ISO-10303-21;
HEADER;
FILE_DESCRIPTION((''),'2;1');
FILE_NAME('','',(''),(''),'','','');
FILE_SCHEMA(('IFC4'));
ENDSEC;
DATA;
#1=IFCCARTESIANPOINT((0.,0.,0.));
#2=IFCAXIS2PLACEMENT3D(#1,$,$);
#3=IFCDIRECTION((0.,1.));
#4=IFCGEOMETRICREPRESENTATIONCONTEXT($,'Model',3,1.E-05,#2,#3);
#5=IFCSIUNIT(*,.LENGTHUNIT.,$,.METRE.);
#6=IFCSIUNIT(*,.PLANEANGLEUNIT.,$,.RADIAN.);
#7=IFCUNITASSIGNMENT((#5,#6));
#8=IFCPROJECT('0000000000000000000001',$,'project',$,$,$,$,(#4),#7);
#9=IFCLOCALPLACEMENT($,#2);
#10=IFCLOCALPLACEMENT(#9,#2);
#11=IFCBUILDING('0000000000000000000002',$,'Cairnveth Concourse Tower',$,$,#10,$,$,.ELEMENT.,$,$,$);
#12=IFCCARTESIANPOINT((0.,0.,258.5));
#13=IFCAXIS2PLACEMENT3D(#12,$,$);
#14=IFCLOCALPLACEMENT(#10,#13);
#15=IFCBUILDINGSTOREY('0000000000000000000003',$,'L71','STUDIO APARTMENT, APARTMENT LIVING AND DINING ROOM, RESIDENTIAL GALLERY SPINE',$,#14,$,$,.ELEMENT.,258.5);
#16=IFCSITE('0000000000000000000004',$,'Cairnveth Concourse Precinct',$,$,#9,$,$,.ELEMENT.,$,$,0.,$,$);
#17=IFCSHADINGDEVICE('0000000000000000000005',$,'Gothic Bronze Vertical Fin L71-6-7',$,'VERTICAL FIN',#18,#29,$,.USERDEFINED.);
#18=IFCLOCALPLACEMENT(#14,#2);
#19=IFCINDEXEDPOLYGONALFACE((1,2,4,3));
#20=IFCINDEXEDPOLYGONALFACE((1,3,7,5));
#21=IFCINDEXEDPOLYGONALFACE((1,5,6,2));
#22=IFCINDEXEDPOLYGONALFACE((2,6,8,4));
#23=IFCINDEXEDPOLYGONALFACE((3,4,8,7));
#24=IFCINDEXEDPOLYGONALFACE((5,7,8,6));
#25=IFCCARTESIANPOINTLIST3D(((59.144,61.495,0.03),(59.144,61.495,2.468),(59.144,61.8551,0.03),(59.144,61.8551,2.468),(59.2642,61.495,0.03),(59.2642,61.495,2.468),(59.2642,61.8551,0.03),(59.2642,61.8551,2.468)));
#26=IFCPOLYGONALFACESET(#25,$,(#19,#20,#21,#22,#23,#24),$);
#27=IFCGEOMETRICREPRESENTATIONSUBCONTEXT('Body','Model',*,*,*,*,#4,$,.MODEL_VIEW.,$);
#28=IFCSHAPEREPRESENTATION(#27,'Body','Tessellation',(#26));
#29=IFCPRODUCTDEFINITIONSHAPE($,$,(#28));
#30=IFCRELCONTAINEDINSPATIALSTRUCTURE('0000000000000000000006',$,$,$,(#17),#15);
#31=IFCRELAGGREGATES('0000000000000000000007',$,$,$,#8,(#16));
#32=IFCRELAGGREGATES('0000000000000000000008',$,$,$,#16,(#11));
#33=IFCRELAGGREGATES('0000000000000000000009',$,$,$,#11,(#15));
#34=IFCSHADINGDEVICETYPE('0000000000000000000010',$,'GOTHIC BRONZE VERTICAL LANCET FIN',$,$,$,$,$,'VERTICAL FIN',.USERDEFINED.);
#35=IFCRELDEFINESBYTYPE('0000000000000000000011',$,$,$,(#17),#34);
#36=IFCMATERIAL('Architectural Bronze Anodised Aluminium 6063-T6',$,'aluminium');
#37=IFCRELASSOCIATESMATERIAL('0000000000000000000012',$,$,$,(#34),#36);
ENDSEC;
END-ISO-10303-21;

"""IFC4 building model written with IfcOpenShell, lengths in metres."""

from ifc_helpers import new_model, si_unit, direction, frame, origin, origin_2d, place, context, subcontext, project, spatial, rectangle, extrude, material, type_object, element, save


model = new_model("IFC4")

# Units and contexts
model_context = context("Model", 3, precision=1e-05, world=origin(), true_north=direction((0.0, 1.0)))
body_context = subcontext(model_context, "Body", "Model", "MODEL_VIEW")
ifc_project = project(units=[si_unit("LENGTHUNIT", "METRE"), si_unit("PLANEANGLEUNIT", "RADIAN")], contexts=[model_context])

# Site, building, storey
site_placement = place(None, origin())
site = spatial("IfcSite", under=ifc_project, at=site_placement, Name="Cairnveth Concourse Precinct", CompositionType="ELEMENT", RefElevation=0.0)
building_placement = place(site_placement, origin())
building = spatial("IfcBuilding", under=site, at=building_placement, Name="Cairnveth Concourse Tower", CompositionType="ELEMENT")
storey_placement = place(building_placement, frame((0.0, 0.0, 258.5)))
storey = spatial("IfcBuildingStorey", under=building, at=storey_placement, Name="L71", Description="STUDIO APARTMENT, APARTMENT LIVING AND DINING ROOM, RESIDENTIAL GALLERY SPINE", CompositionType="ELEMENT", Elevation=258.5)

# Shading device
ifc_material_1 = material(Name="Architectural Bronze Anodised Aluminium 6063-T6", Category="aluminium")
shading_device_type = type_object("IfcShadingDeviceType", Name="GOTHIC BRONZE VERTICAL LANCET FIN", ElementType="VERTICAL FIN", PredefinedType="USERDEFINED", material=ifc_material_1)
for number, where, z_axis, x_axis, name in (
    (1, (59.2041, 61.675, 0.03), (0.0, 0.0, 1.0), (1.0, 0.0, 0.0), "Gothic Bronze Vertical Fin L71-6-7"),
):
    element("IfcShadingDevice", number, at=place(storey_placement, frame(where, z_axis=z_axis, x_axis=x_axis)), inside=storey, type_object=shading_device_type, Name=name, ObjectType="VERTICAL FIN", PredefinedType="USERDEFINED", context=body_context, shape_type="SweptSolid", body=[
        extrude(rectangle(XDim=0.1201, YDim=0.3601, at=origin_2d()), origin(), (0.0, 0.0, 1.0), 2.438),
    ])

save(model, "model.ifc")
